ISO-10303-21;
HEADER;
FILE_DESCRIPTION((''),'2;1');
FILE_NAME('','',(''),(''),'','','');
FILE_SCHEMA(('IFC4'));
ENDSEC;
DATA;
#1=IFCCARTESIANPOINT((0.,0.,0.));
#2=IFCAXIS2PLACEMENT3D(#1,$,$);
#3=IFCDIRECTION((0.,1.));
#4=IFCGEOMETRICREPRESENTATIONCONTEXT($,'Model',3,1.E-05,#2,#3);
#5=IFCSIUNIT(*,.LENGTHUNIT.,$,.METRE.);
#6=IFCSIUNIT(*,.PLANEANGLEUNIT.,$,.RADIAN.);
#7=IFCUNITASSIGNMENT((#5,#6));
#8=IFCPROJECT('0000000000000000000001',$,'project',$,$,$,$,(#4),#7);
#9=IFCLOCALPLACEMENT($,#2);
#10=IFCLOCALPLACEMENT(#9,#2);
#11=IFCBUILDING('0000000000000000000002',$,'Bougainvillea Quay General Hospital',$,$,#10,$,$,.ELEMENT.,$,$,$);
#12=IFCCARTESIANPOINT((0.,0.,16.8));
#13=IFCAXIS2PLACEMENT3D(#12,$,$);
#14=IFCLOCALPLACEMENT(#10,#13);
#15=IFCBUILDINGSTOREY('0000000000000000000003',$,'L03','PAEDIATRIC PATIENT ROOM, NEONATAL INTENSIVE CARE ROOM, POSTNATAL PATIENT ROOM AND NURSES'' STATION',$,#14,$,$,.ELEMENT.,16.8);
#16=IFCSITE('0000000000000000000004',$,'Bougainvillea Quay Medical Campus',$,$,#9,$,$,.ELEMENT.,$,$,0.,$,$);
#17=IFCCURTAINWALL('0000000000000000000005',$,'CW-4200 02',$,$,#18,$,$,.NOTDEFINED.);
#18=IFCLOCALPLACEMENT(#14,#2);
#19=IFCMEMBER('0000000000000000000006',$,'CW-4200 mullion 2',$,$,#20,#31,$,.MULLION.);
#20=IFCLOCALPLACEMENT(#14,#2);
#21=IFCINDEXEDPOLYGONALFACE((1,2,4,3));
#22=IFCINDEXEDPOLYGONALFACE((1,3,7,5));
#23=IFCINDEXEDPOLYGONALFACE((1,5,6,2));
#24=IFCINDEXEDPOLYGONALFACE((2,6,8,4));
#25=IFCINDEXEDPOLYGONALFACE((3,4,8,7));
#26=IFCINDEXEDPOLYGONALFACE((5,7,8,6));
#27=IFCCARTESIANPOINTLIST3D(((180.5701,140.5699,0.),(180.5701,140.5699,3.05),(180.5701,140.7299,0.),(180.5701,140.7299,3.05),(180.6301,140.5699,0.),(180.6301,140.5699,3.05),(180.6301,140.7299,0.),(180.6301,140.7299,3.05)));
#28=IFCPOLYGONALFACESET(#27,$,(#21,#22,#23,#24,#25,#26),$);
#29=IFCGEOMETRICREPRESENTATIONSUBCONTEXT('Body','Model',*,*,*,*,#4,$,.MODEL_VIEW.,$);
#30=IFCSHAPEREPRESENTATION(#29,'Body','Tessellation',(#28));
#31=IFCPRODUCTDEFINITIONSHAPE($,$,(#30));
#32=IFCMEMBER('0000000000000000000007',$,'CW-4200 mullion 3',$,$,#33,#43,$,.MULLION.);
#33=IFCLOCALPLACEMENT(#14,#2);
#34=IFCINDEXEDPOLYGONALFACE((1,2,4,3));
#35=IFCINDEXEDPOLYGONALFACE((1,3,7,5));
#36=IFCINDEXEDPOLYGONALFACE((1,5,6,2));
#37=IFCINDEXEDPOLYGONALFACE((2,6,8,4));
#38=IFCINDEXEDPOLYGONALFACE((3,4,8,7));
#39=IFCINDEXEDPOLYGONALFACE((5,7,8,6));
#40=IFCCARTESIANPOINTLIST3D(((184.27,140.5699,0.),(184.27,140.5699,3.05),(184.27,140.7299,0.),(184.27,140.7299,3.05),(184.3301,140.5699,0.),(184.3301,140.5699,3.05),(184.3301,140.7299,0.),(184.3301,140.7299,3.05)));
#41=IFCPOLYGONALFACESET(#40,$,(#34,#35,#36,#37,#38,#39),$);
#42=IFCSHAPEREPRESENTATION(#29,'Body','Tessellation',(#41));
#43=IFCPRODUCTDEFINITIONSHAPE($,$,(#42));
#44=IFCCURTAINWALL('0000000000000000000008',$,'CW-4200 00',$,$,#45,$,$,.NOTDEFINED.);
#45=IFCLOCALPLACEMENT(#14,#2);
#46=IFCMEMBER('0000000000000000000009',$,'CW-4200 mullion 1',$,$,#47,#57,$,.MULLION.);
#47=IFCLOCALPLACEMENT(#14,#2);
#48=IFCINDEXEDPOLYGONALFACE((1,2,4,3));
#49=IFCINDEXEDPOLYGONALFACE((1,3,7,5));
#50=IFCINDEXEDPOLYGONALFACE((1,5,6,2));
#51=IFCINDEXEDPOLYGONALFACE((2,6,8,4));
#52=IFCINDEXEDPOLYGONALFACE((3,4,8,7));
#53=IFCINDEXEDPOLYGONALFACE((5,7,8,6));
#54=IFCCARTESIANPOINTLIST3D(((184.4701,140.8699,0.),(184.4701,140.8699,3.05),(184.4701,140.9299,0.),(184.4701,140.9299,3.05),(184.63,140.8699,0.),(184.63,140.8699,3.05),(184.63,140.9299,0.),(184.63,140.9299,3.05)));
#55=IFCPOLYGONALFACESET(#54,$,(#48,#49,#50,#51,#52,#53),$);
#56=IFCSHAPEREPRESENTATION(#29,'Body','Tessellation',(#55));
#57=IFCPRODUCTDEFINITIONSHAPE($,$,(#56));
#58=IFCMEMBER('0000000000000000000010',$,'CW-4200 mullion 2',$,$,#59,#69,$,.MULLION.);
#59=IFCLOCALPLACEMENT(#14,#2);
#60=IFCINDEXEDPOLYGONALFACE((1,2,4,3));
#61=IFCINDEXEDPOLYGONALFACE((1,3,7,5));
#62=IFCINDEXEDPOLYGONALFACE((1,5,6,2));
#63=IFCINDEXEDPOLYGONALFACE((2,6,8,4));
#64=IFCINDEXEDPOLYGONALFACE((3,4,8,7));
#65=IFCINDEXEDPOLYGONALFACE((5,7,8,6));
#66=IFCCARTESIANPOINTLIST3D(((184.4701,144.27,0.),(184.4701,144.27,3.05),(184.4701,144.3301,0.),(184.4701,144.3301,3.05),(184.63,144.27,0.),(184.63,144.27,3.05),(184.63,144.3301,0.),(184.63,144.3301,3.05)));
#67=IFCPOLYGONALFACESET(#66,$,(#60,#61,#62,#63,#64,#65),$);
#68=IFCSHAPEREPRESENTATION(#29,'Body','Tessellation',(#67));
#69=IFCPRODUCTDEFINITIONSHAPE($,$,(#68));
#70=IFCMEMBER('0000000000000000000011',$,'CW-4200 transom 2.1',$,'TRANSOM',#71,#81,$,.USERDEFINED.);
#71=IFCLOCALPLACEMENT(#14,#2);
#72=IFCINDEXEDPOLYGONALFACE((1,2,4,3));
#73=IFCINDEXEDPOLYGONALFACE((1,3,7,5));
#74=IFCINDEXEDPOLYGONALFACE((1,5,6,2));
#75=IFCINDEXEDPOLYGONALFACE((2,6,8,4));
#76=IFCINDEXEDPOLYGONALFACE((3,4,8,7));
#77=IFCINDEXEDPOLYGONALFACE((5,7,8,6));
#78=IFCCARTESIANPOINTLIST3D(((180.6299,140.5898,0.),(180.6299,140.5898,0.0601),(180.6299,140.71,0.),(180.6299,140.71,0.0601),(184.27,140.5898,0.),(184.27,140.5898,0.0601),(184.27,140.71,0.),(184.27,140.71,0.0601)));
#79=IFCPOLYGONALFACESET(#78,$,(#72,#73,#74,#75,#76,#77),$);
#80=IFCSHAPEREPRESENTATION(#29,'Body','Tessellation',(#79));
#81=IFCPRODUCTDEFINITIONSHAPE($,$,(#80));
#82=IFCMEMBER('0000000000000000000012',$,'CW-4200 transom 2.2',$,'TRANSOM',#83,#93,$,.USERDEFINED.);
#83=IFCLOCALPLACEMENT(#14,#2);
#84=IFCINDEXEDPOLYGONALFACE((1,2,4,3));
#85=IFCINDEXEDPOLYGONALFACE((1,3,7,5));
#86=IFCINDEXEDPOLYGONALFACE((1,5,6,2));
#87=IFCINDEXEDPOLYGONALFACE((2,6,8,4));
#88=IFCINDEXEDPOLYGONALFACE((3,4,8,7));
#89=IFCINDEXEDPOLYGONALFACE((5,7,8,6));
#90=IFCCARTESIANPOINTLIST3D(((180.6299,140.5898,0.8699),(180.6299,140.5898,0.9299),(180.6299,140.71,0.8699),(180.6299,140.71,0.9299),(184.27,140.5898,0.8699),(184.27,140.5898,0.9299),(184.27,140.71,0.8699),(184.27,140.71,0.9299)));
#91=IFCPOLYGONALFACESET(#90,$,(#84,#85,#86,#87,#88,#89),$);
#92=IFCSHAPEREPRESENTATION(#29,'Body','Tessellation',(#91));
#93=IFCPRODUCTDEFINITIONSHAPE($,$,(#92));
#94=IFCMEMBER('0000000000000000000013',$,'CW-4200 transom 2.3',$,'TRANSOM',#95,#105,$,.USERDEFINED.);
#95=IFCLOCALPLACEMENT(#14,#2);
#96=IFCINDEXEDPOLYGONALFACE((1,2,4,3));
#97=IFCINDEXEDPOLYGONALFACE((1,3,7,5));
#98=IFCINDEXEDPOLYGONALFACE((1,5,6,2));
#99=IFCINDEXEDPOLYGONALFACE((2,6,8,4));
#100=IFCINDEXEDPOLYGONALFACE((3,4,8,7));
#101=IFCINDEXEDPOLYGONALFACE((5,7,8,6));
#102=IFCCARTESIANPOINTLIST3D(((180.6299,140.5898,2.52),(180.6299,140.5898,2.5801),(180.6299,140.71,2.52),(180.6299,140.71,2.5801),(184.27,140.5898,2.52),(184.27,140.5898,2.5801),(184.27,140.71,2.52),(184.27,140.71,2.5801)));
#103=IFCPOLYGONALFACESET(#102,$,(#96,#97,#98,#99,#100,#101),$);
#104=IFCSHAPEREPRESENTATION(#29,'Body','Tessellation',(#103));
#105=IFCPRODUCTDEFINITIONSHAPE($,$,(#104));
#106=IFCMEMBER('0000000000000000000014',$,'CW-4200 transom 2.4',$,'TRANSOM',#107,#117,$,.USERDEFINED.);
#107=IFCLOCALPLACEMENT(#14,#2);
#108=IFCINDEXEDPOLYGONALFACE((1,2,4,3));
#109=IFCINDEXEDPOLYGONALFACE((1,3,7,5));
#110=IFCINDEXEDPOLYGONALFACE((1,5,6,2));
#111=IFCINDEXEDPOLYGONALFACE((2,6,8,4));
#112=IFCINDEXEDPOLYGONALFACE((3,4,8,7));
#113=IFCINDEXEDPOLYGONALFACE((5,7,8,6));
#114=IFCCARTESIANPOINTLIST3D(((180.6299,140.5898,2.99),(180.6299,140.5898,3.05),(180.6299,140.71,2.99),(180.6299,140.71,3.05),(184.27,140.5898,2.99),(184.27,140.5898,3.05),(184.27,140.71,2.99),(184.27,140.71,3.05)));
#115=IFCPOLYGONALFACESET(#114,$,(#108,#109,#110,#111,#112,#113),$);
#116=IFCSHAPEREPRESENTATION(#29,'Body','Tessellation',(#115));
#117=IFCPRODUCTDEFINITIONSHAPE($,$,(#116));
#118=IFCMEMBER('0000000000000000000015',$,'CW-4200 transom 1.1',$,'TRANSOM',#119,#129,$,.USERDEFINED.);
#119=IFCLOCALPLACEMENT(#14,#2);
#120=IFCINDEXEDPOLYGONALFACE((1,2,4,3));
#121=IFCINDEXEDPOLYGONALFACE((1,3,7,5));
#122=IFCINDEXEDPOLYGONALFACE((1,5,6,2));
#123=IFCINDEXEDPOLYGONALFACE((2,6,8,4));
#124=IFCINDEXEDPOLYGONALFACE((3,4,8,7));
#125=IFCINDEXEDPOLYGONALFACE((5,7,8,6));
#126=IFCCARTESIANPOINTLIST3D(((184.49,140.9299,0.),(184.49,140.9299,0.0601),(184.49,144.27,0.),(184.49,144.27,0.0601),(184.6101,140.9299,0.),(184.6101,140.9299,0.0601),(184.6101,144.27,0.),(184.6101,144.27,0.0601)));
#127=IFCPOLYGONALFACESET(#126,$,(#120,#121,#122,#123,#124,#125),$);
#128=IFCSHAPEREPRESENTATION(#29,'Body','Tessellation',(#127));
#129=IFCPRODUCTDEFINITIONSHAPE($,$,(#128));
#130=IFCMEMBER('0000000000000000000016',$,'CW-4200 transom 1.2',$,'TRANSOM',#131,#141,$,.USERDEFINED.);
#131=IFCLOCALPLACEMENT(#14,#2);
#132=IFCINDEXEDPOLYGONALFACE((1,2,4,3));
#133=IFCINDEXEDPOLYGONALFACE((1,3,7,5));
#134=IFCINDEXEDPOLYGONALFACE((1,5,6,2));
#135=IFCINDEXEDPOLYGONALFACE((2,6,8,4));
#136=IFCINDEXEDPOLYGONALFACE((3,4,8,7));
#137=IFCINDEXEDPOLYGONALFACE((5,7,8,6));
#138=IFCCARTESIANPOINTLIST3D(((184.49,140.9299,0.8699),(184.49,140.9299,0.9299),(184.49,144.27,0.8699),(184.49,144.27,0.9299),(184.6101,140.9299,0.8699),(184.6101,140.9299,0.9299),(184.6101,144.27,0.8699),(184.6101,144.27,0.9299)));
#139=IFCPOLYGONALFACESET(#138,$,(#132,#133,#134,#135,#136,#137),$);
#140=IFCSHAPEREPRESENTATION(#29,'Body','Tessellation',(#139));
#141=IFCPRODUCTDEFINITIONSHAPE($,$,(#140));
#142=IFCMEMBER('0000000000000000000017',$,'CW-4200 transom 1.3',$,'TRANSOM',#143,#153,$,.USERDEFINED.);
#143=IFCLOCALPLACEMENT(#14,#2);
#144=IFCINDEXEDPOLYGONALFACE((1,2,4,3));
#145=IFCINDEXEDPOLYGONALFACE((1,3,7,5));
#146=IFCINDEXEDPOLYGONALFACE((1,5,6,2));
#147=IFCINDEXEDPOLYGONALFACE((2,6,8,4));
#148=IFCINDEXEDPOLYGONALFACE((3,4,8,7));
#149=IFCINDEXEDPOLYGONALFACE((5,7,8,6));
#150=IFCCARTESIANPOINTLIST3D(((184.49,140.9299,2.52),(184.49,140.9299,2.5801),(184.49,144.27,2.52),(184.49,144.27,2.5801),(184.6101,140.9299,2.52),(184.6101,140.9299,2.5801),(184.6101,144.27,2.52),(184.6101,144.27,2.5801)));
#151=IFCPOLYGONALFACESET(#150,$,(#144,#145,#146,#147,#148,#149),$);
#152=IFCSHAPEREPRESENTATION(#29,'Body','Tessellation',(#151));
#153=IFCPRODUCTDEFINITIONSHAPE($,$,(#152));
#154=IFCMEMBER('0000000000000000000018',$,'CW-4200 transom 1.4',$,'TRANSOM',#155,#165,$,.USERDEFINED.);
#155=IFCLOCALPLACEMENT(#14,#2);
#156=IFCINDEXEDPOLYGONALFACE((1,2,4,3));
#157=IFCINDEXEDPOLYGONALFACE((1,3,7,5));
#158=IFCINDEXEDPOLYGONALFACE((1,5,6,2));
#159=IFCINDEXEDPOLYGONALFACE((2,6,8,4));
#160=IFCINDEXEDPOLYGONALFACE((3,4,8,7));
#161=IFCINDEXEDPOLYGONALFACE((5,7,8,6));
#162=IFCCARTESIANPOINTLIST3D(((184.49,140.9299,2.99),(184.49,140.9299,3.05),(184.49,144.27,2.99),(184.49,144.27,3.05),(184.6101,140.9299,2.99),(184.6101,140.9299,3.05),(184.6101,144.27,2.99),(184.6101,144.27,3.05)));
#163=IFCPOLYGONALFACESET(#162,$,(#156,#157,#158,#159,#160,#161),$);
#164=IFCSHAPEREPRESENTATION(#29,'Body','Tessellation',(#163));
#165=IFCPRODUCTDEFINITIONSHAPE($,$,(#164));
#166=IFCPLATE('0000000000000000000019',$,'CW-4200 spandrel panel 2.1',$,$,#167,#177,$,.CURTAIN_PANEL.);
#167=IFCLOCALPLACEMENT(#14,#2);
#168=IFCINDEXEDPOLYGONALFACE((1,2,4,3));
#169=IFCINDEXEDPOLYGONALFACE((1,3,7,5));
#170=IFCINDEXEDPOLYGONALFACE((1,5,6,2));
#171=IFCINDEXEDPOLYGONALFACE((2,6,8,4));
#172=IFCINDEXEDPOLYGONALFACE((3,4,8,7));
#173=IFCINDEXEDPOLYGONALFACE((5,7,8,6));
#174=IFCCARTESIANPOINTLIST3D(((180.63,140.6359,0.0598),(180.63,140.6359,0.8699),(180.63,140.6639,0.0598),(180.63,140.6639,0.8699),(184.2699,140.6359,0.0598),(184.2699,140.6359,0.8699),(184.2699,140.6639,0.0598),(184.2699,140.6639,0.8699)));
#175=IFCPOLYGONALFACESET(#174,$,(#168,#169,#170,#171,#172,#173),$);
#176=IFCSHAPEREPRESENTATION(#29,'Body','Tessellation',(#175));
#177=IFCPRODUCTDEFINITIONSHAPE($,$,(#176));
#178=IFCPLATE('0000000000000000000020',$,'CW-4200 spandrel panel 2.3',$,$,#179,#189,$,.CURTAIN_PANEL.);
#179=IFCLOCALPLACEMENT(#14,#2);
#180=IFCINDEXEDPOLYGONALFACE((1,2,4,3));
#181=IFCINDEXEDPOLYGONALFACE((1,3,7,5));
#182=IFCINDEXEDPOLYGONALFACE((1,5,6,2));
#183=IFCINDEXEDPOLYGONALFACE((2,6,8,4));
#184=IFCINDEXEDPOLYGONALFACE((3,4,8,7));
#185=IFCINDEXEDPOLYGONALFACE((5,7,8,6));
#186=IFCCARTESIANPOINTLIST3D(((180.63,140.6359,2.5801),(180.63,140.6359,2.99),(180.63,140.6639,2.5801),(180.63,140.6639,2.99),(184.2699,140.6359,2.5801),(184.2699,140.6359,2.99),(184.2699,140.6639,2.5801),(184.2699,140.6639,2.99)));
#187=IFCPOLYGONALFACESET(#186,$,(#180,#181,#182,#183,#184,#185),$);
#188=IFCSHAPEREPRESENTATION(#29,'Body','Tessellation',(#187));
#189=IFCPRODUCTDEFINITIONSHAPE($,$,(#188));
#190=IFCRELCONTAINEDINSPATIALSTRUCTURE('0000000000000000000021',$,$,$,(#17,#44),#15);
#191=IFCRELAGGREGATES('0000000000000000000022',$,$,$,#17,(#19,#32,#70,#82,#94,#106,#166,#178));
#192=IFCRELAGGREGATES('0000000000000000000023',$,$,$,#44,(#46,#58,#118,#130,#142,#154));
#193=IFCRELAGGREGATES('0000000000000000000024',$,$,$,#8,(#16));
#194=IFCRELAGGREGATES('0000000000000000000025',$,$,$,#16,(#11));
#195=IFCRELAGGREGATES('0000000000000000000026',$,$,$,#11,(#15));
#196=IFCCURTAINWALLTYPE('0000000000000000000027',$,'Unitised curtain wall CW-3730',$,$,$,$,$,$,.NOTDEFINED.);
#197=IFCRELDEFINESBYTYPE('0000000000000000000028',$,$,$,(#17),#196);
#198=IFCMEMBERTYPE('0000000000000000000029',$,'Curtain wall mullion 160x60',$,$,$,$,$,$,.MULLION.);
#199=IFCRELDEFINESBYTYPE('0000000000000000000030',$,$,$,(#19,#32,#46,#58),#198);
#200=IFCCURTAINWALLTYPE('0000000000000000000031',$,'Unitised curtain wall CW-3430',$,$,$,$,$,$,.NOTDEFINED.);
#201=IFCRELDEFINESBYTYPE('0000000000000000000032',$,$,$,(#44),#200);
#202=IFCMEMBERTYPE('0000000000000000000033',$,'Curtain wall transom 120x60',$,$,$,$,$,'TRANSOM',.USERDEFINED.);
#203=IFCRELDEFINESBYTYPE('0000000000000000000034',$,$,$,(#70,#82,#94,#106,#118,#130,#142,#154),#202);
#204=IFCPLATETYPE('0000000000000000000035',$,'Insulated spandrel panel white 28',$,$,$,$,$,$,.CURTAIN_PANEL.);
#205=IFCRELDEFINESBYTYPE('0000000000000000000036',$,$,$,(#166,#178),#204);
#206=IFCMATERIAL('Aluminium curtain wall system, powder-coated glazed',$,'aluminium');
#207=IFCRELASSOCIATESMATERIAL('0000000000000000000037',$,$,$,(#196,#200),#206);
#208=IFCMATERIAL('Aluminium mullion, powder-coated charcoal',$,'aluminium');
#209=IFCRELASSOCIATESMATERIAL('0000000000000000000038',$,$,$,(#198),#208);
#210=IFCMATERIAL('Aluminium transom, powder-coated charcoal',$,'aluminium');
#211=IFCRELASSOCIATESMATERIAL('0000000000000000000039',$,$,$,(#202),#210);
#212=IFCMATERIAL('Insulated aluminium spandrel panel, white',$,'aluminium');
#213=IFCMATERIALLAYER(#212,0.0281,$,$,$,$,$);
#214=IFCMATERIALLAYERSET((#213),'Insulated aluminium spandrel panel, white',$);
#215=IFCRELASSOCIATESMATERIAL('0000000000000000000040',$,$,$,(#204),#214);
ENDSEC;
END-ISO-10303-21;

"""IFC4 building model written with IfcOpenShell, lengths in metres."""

from ifc_helpers import new_model, si_unit, direction, frame, origin, origin_2d, place, context, subcontext, project, spatial, rectangle, extrude, material, layer, layer_set, material_profile, profile_set, type_object, element, aggregate, save


model = new_model("IFC4")

# Units and contexts
model_context = context("Model", 3, precision=1e-05, world=origin(), true_north=direction((0.0, 1.0)))
body_context = subcontext(model_context, "Body", "Model", "MODEL_VIEW")
ifc_project = project(units=[si_unit("LENGTHUNIT", "METRE"), si_unit("PLANEANGLEUNIT", "RADIAN")], contexts=[model_context])

# Site, building, storey
site_placement = place(None, origin())
site = spatial("IfcSite", under=ifc_project, at=site_placement, Name="Bougainvillea Quay Medical Campus", CompositionType="ELEMENT", RefElevation=0.0)
building_placement = place(site_placement, origin())
building = spatial("IfcBuilding", under=site, at=building_placement, Name="Bougainvillea Quay General Hospital", CompositionType="ELEMENT")
storey_placement = place(building_placement, frame((0.0, 0.0, 16.8)))
storey = spatial("IfcBuildingStorey", under=building, at=storey_placement, Name="L03", Description="PAEDIATRIC PATIENT ROOM, NEONATAL INTENSIVE CARE ROOM, POSTNATAL PATIENT ROOM AND NURSES' STATION", CompositionType="ELEMENT", Elevation=16.8)

# Curtain walls, members
ifc_material_1 = material(Name="Aluminium curtain wall system, powder-coated glazed", Category="aluminium")
curtain_wall_type_1 = type_object("IfcCurtainWallType", Name="Unitised curtain wall CW-3730", PredefinedType="NOTDEFINED", material=ifc_material_1)
curtain_wall_1_placement = place(storey_placement, origin())
curtain_wall_1 = element("IfcCurtainWall", 1, at=curtain_wall_1_placement, inside=storey, type_object=curtain_wall_type_1, Name="CW-4200 02", PredefinedType="NOTDEFINED")
ifc_material_2 = material(Name="Aluminium mullion, powder-coated charcoal", Category="aluminium")
ifc_material_profile_1 = material_profile(ifc_material_2, rectangle(XDim=0.1599, YDim=0.0601, at=origin_2d()))
ifc_profile_set_1 = profile_set([ifc_material_profile_1], Name="Aluminium mullion, powder-coated charcoal")
member_type_1 = type_object("IfcMemberType", Name="Curtain wall mullion 160x60", PredefinedType="MULLION", material=ifc_profile_set_1)
member_1_placement = place(storey_placement, frame((180.6001, 140.6499, 0.0), z_axis=(0.0, 0.0, 1.0), x_axis=(0.0, 1.0, 0.0)))
member_1 = element("IfcMember", 2, at=member_1_placement, type_object=member_type_1, Name="CW-4200 mullion 2", PredefinedType="MULLION", context=body_context, shape_type="SweptSolid", body=[
    extrude(rectangle(XDim=0.1599, YDim=0.0601, at=origin_2d()), origin(), (0.0, 0.0, 1.0), 3.05),
])
member_2_placement = place(storey_placement, frame((184.3, 140.6499, 0.0), z_axis=(0.0, 0.0, 1.0), x_axis=(0.0, 1.0, 0.0)))
member_2 = element("IfcMember", 3, at=member_2_placement, type_object=member_type_1, Name="CW-4200 mullion 3", PredefinedType="MULLION", context=body_context, shape_type="SweptSolid", body=[
    extrude(rectangle(XDim=0.1599, YDim=0.0601, at=origin_2d()), origin(), (0.0, 0.0, 1.0), 3.05),
])
curtain_wall_type_2 = type_object("IfcCurtainWallType", Name="Unitised curtain wall CW-3430", PredefinedType="NOTDEFINED", material=ifc_material_1)
curtain_wall_2_placement = place(storey_placement, origin())
curtain_wall_2 = element("IfcCurtainWall", 4, at=curtain_wall_2_placement, inside=storey, type_object=curtain_wall_type_2, Name="CW-4200 00", PredefinedType="NOTDEFINED")
member_3_placement = place(storey_placement, frame((184.55, 140.8999, 0.0), z_axis=(0.0, 0.0, 1.0), x_axis=(-1.0, 0.0, 0.0)))
member_3 = element("IfcMember", 5, at=member_3_placement, type_object=member_type_1, Name="CW-4200 mullion 1", PredefinedType="MULLION", context=body_context, shape_type="SweptSolid", body=[
    extrude(rectangle(XDim=0.1599, YDim=0.0601, at=origin_2d()), origin(), (0.0, 0.0, 1.0), 3.05),
])
member_4_placement = place(storey_placement, frame((184.55, 144.3, 0.0), z_axis=(0.0, 0.0, 1.0), x_axis=(-1.0, 0.0, 0.0)))
member_4 = element("IfcMember", 6, at=member_4_placement, type_object=member_type_1, Name="CW-4200 mullion 2", PredefinedType="MULLION", context=body_context, shape_type="SweptSolid", body=[
    extrude(rectangle(XDim=0.1599, YDim=0.0601, at=origin_2d()), origin(), (0.0, 0.0, 1.0), 3.05),
])

# Members
ifc_material_3 = material(Name="Aluminium transom, powder-coated charcoal", Category="aluminium")
ifc_material_profile_2 = material_profile(ifc_material_3, rectangle(XDim=0.1201, YDim=0.0601, at=origin_2d()))
ifc_profile_set_2 = profile_set([ifc_material_profile_2], Name="Aluminium transom, powder-coated charcoal")
member_type_2 = type_object("IfcMemberType", Name="Curtain wall transom 120x60", ElementType="TRANSOM", PredefinedType="USERDEFINED", material=ifc_profile_set_2)
member_5_placement = place(storey_placement, frame((180.6299, 140.6499, 0.03), z_axis=(1.0, 0.0, 0.0), x_axis=(0.0, 1.0, 0.0)))
member_5 = element("IfcMember", 7, at=member_5_placement, type_object=member_type_2, Name="CW-4200 transom 2.1", ObjectType="TRANSOM", PredefinedType="USERDEFINED", context=body_context, shape_type="SweptSolid", body=[
    extrude(rectangle(XDim=0.1201, YDim=0.0601, at=origin_2d()), origin(), (0.0, 0.0, 1.0), 3.6401),
])
member_6_placement = place(storey_placement, frame((180.6299, 140.6499, 0.8999), z_axis=(1.0, 0.0, 0.0), x_axis=(0.0, 1.0, 0.0)))
member_6 = element("IfcMember", 8, at=member_6_placement, type_object=member_type_2, Name="CW-4200 transom 2.2", ObjectType="TRANSOM", PredefinedType="USERDEFINED", context=body_context, shape_type="SweptSolid", body=[
    extrude(rectangle(XDim=0.1201, YDim=0.0601, at=origin_2d()), origin(), (0.0, 0.0, 1.0), 3.6401),
])
member_7_placement = place(storey_placement, frame((180.6299, 140.6499, 2.55), z_axis=(1.0, 0.0, 0.0), x_axis=(0.0, 1.0, 0.0)))
member_7 = element("IfcMember", 9, at=member_7_placement, type_object=member_type_2, Name="CW-4200 transom 2.3", ObjectType="TRANSOM", PredefinedType="USERDEFINED", context=body_context, shape_type="SweptSolid", body=[
    extrude(rectangle(XDim=0.1201, YDim=0.0601, at=origin_2d()), origin(), (0.0, 0.0, 1.0), 3.6401),
])
member_8_placement = place(storey_placement, frame((180.6299, 140.6499, 3.02), z_axis=(1.0, 0.0, 0.0), x_axis=(0.0, 1.0, 0.0)))
member_8 = element("IfcMember", 10, at=member_8_placement, type_object=member_type_2, Name="CW-4200 transom 2.4", ObjectType="TRANSOM", PredefinedType="USERDEFINED", context=body_context, shape_type="SweptSolid", body=[
    extrude(rectangle(XDim=0.1201, YDim=0.0601, at=origin_2d()), origin(), (0.0, 0.0, 1.0), 3.6401),
])
member_9_placement = place(storey_placement, frame((184.55, 140.9299, 0.03), z_axis=(0.0, 1.0, 0.0), x_axis=(-1.0, 0.0, 0.0)))
member_9 = element("IfcMember", 11, at=member_9_placement, type_object=member_type_2, Name="CW-4200 transom 1.1", ObjectType="TRANSOM", PredefinedType="USERDEFINED", context=body_context, shape_type="SweptSolid", body=[
    extrude(rectangle(XDim=0.1201, YDim=0.0601, at=origin_2d()), origin(), (0.0, 0.0, 1.0), 3.3401),
])
member_10_placement = place(storey_placement, frame((184.55, 140.9299, 0.8999), z_axis=(0.0, 1.0, 0.0), x_axis=(-1.0, 0.0, 0.0)))
member_10 = element("IfcMember", 12, at=member_10_placement, type_object=member_type_2, Name="CW-4200 transom 1.2", ObjectType="TRANSOM", PredefinedType="USERDEFINED", context=body_context, shape_type="SweptSolid", body=[
    extrude(rectangle(XDim=0.1201, YDim=0.0601, at=origin_2d()), origin(), (0.0, 0.0, 1.0), 3.3401),
])
member_11_placement = place(storey_placement, frame((184.55, 140.9299, 2.55), z_axis=(0.0, 1.0, 0.0), x_axis=(-1.0, 0.0, 0.0)))
member_11 = element("IfcMember", 13, at=member_11_placement, type_object=member_type_2, Name="CW-4200 transom 1.3", ObjectType="TRANSOM", PredefinedType="USERDEFINED", context=body_context, shape_type="SweptSolid", body=[
    extrude(rectangle(XDim=0.1201, YDim=0.0601, at=origin_2d()), origin(), (0.0, 0.0, 1.0), 3.3401),
])
member_12_placement = place(storey_placement, frame((184.55, 140.9299, 3.02), z_axis=(0.0, 1.0, 0.0), x_axis=(-1.0, 0.0, 0.0)))
member_12 = element("IfcMember", 14, at=member_12_placement, type_object=member_type_2, Name="CW-4200 transom 1.4", ObjectType="TRANSOM", PredefinedType="USERDEFINED", context=body_context, shape_type="SweptSolid", body=[
    extrude(rectangle(XDim=0.1201, YDim=0.0601, at=origin_2d()), origin(), (0.0, 0.0, 1.0), 3.3401),
])

# Plates
ifc_material_4 = material(Name="Insulated aluminium spandrel panel, white", Category="aluminium")
ifc_layer_1 = layer(ifc_material_4, 0.0281)
ifc_layer_set_1 = layer_set([ifc_layer_1], Name="Insulated aluminium spandrel panel, white")
plate_type_1 = type_object("IfcPlateType", Name="Insulated spandrel panel white 28", PredefinedType="CURTAIN_PANEL", material=ifc_layer_set_1)
plate_1_placement = place(storey_placement, frame((182.45, 140.6499, 0.0598), z_axis=(0.0, 0.0, 1.0), x_axis=(1.0, 0.0, 0.0)))
plate_1 = element("IfcPlate", 15, at=plate_1_placement, type_object=plate_type_1, Name="CW-4200 spandrel panel 2.1", PredefinedType="CURTAIN_PANEL", context=body_context, shape_type="SweptSolid", body=[
    extrude(rectangle(XDim=3.6399, YDim=0.0281, at=origin_2d()), origin(), (0.0, 0.0, 1.0), 0.8101),
])
plate_2_placement = place(storey_placement, frame((182.45, 140.6499, 2.5801), z_axis=(0.0, 0.0, 1.0), x_axis=(1.0, 0.0, 0.0)))
plate_2 = element("IfcPlate", 16, at=plate_2_placement, type_object=plate_type_1, Name="CW-4200 spandrel panel 2.3", PredefinedType="CURTAIN_PANEL", context=body_context, shape_type="SweptSolid", body=[
    extrude(rectangle(XDim=3.6399, YDim=0.0281, at=origin_2d()), origin(), (0.0, 0.0, 1.0), 0.4099),
])
aggregate(curtain_wall_1, [member_1, member_2, member_5, member_6, member_7, member_8, plate_1, plate_2])
aggregate(curtain_wall_2, [member_3, member_4, member_9, member_10, member_11, member_12])

save(model, "model.ifc")
